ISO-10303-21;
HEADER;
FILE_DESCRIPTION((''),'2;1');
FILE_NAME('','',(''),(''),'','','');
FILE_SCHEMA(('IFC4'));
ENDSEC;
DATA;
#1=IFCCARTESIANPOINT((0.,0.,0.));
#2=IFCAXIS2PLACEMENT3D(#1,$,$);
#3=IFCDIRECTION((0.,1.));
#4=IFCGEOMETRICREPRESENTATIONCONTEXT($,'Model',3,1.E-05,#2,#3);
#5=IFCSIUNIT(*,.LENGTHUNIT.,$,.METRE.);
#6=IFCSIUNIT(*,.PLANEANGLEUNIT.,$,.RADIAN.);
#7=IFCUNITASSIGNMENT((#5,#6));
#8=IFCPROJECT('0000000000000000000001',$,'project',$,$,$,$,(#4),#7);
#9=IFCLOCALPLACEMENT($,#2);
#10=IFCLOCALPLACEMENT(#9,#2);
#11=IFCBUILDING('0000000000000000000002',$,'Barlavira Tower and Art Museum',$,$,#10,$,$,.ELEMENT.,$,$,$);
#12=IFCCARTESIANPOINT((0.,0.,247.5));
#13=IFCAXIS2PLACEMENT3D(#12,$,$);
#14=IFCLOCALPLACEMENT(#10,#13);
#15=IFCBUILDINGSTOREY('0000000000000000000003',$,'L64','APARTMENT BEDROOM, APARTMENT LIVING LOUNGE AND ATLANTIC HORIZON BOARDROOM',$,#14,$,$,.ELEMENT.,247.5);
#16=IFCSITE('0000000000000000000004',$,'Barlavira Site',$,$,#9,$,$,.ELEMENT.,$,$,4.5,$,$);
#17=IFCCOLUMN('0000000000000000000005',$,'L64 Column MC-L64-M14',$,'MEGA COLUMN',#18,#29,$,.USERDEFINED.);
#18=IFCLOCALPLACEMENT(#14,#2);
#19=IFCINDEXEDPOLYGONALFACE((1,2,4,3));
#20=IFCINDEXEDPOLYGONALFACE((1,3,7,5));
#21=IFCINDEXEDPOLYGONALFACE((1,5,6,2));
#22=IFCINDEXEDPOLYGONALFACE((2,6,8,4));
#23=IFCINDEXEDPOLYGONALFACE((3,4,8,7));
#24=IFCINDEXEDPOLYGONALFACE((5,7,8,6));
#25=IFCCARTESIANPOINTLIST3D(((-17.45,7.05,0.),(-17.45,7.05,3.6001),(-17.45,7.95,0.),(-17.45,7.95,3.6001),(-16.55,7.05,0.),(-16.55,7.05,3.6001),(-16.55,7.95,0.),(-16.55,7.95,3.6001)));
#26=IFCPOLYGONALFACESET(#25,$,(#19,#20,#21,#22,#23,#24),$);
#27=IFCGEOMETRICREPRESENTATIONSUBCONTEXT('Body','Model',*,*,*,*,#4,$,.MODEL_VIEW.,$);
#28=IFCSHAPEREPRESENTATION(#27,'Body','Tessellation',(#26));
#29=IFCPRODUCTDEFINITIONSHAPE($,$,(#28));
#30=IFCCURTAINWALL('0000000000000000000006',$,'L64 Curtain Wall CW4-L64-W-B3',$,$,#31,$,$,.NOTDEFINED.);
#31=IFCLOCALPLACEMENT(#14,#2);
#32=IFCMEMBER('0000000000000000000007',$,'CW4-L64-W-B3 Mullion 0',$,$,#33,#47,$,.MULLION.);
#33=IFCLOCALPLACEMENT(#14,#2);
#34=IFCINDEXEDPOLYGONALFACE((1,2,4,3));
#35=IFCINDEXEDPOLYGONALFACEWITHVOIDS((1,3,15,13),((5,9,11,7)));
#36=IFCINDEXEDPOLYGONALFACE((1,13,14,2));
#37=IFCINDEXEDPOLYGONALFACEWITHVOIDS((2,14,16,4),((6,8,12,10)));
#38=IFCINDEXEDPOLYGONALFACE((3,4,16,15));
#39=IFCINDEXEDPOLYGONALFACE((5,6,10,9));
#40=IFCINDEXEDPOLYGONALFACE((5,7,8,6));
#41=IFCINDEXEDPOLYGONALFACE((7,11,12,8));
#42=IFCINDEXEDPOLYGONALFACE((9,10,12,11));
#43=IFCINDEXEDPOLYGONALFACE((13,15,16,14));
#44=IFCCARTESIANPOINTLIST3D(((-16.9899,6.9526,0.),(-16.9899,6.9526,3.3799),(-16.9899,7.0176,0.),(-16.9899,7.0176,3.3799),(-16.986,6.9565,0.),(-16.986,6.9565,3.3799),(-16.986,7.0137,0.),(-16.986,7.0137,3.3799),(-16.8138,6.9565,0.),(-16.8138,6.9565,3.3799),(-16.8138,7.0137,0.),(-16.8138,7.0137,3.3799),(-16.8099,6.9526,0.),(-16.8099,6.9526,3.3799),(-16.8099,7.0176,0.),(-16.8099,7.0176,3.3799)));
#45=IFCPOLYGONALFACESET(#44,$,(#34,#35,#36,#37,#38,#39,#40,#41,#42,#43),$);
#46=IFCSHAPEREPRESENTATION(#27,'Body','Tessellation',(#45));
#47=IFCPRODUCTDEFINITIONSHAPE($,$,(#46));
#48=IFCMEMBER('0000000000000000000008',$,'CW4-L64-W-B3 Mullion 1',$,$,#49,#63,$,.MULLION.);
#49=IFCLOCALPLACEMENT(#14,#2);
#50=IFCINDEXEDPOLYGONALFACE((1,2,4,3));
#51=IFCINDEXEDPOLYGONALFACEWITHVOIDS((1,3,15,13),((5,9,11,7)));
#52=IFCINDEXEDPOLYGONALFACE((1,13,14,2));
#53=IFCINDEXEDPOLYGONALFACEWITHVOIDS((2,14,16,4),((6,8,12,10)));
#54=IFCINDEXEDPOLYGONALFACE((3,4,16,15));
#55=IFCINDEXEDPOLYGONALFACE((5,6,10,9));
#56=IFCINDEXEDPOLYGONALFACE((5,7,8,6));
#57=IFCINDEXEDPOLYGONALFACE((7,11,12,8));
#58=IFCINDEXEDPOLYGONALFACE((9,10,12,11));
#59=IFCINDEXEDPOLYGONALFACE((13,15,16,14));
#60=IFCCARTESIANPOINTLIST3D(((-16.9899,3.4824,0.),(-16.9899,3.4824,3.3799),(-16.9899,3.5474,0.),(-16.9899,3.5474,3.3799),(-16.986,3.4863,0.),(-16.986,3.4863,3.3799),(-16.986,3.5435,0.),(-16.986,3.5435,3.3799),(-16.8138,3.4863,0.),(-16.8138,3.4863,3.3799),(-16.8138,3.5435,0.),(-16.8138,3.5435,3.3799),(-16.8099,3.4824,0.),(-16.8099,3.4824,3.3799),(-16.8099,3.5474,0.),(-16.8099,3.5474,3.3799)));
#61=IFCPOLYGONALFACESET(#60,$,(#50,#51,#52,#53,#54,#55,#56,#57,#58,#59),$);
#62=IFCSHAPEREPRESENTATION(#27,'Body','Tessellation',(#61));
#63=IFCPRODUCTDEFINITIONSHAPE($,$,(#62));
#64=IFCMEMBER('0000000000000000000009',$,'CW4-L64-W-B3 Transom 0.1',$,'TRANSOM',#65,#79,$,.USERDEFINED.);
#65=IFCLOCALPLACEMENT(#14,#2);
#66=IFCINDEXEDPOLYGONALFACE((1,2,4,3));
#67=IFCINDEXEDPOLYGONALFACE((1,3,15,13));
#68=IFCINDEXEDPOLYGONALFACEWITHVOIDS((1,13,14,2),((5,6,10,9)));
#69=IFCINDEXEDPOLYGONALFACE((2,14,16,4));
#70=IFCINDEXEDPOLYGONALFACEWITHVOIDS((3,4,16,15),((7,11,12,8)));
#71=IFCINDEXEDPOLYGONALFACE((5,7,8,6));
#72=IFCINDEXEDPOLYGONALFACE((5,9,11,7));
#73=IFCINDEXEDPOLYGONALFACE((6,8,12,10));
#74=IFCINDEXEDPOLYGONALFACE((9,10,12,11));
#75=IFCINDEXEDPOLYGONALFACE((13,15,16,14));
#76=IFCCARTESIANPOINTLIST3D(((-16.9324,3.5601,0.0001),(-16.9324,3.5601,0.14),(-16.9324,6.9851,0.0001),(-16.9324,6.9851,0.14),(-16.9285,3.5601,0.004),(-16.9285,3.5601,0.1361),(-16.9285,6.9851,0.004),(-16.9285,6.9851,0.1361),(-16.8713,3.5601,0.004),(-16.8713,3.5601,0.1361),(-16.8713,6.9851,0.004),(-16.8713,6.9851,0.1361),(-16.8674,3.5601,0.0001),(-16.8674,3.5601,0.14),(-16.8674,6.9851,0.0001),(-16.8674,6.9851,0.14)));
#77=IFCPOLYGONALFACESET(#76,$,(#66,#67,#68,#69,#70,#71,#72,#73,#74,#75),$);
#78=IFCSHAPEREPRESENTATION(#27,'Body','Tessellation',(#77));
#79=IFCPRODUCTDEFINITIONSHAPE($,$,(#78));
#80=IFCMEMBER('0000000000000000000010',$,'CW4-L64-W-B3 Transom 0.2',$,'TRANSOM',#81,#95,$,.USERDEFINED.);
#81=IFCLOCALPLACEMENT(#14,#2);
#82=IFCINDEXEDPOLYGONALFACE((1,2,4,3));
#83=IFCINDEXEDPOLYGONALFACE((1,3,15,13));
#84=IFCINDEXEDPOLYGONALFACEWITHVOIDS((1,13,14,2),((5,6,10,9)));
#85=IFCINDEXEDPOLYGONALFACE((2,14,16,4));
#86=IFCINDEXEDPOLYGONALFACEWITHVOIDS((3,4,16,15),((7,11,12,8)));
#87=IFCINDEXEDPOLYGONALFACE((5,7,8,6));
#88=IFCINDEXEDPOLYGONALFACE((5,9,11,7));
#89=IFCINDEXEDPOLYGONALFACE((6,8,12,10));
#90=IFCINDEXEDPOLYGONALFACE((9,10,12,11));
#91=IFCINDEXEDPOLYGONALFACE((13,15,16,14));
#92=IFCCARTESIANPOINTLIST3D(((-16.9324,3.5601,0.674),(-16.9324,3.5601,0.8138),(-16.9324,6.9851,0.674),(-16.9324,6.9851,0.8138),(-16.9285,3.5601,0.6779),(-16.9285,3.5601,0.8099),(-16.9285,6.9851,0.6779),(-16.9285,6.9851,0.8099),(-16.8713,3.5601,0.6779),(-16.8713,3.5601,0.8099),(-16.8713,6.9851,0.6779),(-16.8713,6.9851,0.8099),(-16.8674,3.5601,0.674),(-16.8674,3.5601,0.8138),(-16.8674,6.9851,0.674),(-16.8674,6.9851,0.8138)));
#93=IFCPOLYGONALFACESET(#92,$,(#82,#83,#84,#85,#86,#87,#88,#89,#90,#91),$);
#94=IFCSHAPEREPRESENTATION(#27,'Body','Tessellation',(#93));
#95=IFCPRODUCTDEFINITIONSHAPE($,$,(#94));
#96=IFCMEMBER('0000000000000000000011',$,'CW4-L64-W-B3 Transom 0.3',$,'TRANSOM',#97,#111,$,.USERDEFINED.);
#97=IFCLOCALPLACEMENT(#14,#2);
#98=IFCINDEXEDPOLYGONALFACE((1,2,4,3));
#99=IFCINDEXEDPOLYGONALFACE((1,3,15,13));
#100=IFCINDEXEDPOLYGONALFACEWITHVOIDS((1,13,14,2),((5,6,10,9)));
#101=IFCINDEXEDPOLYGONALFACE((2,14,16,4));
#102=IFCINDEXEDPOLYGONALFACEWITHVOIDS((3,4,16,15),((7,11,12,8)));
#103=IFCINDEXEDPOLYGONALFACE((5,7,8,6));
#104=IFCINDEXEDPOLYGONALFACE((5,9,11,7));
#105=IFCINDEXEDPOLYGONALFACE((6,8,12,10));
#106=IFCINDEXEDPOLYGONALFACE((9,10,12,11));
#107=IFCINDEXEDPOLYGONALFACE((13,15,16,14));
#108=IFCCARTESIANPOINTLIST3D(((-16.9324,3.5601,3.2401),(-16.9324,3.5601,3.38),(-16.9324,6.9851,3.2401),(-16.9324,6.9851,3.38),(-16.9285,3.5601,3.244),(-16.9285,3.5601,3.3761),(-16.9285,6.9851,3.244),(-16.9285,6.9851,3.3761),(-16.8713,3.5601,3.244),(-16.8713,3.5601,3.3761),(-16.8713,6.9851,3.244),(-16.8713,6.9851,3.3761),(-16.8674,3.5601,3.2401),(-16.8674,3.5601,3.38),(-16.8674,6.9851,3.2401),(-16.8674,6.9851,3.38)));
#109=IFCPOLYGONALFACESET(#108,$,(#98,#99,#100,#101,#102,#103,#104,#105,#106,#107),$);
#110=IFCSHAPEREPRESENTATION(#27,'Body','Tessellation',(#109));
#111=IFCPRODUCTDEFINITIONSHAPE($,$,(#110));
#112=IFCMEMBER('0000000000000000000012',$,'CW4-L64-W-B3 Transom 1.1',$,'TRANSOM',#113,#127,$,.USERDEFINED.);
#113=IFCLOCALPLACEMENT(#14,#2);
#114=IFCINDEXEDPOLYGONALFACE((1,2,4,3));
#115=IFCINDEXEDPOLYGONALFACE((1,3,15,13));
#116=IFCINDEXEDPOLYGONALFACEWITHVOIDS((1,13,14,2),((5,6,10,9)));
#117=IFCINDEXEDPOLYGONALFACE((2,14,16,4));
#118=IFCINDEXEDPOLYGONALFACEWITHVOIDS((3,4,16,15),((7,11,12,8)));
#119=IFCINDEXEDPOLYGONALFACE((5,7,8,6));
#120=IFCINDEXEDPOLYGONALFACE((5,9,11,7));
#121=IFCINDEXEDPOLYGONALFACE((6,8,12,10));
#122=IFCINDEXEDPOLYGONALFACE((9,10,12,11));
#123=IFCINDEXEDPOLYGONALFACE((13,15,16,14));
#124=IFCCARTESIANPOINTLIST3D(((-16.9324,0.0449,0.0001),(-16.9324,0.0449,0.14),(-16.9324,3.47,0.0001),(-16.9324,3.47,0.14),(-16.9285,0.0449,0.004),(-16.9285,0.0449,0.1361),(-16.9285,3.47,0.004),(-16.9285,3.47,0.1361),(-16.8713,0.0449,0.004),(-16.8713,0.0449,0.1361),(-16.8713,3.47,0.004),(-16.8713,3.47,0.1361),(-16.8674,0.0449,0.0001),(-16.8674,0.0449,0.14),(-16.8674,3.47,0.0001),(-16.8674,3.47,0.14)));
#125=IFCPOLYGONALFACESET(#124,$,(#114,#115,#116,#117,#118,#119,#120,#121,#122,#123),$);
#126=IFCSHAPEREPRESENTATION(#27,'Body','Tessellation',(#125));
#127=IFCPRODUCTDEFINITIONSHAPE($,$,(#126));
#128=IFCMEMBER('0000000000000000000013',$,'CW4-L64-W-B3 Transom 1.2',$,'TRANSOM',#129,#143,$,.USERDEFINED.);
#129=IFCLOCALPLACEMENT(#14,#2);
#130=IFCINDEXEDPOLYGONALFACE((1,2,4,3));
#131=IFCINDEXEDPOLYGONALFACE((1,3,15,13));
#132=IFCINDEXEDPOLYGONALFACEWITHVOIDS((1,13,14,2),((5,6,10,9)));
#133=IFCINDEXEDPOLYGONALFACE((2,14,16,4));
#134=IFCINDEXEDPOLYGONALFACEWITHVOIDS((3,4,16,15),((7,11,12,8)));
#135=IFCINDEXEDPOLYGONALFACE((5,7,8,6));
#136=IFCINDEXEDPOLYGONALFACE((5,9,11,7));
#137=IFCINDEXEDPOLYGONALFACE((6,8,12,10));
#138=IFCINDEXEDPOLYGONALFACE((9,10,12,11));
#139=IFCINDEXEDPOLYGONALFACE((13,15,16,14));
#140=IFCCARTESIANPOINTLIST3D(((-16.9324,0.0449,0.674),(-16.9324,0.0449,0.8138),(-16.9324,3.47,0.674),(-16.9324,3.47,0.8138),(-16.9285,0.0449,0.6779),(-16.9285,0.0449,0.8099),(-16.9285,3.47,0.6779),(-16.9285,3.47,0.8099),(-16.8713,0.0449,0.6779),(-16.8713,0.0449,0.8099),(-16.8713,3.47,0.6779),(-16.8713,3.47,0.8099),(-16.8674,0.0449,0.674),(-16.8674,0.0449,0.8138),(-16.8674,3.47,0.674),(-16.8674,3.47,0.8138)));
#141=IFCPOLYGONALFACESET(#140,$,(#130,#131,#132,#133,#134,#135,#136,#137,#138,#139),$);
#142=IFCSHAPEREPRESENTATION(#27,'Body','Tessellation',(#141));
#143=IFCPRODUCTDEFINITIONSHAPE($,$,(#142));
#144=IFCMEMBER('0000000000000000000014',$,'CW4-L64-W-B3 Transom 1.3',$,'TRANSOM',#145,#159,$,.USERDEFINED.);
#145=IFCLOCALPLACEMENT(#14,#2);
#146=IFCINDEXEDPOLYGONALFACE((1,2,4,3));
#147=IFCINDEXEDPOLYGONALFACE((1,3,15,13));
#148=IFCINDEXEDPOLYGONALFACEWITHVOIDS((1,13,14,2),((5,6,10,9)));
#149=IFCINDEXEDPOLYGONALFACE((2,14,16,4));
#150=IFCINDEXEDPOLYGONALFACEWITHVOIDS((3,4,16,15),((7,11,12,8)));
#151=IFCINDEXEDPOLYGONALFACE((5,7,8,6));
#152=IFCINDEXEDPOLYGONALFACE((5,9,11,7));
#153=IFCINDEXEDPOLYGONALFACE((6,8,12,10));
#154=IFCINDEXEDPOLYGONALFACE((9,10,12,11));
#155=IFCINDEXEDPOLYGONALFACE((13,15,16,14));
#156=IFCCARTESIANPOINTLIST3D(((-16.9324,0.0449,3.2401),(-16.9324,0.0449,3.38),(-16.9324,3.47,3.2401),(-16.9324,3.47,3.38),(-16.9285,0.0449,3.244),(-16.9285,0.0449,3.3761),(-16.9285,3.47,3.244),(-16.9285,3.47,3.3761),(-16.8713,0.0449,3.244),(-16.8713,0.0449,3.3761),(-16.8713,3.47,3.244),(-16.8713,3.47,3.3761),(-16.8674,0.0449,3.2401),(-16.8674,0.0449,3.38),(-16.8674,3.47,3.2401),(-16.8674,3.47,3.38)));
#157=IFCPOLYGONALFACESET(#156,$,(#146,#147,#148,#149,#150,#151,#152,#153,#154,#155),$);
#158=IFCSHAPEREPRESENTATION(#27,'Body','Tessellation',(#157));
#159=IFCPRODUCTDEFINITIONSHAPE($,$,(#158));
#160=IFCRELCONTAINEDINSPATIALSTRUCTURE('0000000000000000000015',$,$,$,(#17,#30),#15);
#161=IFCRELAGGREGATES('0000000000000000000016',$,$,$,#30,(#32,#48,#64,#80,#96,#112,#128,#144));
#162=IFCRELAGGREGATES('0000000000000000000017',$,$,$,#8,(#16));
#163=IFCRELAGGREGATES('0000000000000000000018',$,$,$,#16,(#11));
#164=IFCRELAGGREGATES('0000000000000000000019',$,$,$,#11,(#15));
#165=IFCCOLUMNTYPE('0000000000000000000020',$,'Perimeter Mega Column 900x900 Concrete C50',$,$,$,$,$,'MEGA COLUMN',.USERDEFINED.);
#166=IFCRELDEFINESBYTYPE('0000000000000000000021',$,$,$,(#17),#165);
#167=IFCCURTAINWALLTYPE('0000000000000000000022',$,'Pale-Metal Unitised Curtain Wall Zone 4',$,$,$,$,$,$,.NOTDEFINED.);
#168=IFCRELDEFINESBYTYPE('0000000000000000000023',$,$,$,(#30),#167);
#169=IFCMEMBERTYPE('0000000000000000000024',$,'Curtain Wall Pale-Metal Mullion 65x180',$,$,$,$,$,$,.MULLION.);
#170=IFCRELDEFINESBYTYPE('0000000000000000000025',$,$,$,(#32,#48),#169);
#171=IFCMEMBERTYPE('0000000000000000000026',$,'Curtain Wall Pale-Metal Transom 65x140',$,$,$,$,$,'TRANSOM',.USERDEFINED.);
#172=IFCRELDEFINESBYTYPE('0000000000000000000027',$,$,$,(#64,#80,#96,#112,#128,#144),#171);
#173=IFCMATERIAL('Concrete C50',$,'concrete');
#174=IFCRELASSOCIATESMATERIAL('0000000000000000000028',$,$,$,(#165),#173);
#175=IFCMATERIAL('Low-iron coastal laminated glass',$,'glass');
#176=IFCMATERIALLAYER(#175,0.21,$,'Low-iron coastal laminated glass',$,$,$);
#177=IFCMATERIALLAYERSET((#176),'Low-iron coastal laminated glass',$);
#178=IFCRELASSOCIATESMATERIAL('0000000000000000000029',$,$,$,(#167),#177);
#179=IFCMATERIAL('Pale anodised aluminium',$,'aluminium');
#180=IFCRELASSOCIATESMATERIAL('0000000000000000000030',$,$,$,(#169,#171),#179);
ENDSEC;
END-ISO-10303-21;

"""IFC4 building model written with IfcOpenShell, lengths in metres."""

from ifc_helpers import new_model, si_unit, direction, frame, origin, origin_2d, place, context, subcontext, project, spatial, rectangle, hollow_rectangle, extrude, material, layer, layer_set, material_profile, profile_set, type_object, element, aggregate, save


model = new_model("IFC4")

# Units and contexts
model_context = context("Model", 3, precision=1e-05, world=origin(), true_north=direction((0.0, 1.0)))
body_context = subcontext(model_context, "Body", "Model", "MODEL_VIEW")
ifc_project = project(units=[si_unit("LENGTHUNIT", "METRE"), si_unit("PLANEANGLEUNIT", "RADIAN")], contexts=[model_context])

# Site, building, storey
site_placement = place(None, origin())
site = spatial("IfcSite", under=ifc_project, at=site_placement, Name="Barlavira Site", CompositionType="ELEMENT", RefElevation=4.5)
building_placement = place(site_placement, origin())
building = spatial("IfcBuilding", under=site, at=building_placement, Name="Barlavira Tower and Art Museum", CompositionType="ELEMENT")
storey_placement = place(building_placement, frame((0.0, 0.0, 247.5)))
storey = spatial("IfcBuildingStorey", under=building, at=storey_placement, Name="L64", Description="APARTMENT BEDROOM, APARTMENT LIVING LOUNGE AND ATLANTIC HORIZON BOARDROOM", CompositionType="ELEMENT", Elevation=247.5)

# Column
ifc_material_1 = material(Name="Concrete C50", Category="concrete")
ifc_material_profile_1 = material_profile(ifc_material_1, rectangle(XDim=0.8999, YDim=0.8999, at=origin_2d()), Name="RC-COL 900x900")
ifc_profile_set_1 = profile_set([ifc_material_profile_1], Name="Concrete C50")
column_type = type_object("IfcColumnType", Name="Perimeter Mega Column 900x900 Concrete C50", ElementType="MEGA COLUMN", PredefinedType="USERDEFINED", material=ifc_profile_set_1)
column_placement = place(storey_placement, frame((-17.0, 7.5, 0.0), z_axis=(0.0, 0.0, 1.0), x_axis=(1.0, 0.0, 0.0)))
element("IfcColumn", 1, at=column_placement, inside=storey, type_object=column_type, Name="L64 Column MC-L64-M14", ObjectType="MEGA COLUMN", PredefinedType="USERDEFINED", context=body_context, shape_type="SweptSolid", body=[
    extrude(rectangle(XDim=0.8999, YDim=0.8999, at=origin_2d()), origin(), (0.0, 0.0, 1.0), 3.6001),
])

# Curtain wall, members
ifc_material_2 = material(Name="Low-iron coastal laminated glass", Category="glass")
ifc_layer_1 = layer(ifc_material_2, 0.21, Name="Low-iron coastal laminated glass")
ifc_layer_set_1 = layer_set([ifc_layer_1], Name="Low-iron coastal laminated glass")
curtain_wall_type = type_object("IfcCurtainWallType", Name="Pale-Metal Unitised Curtain Wall Zone 4", PredefinedType="NOTDEFINED", material=ifc_layer_set_1)
curtain_wall_placement = place(storey_placement, origin())
curtain_wall = element("IfcCurtainWall", 2, at=curtain_wall_placement, inside=storey, type_object=curtain_wall_type, Name="L64 Curtain Wall CW4-L64-W-B3", PredefinedType="NOTDEFINED")
ifc_material_3 = material(Name="Pale anodised aluminium", Category="aluminium")
ifc_material_profile_2 = material_profile(ifc_material_3, hollow_rectangle(XDim=0.0649, YDim=0.1799, WallThickness=0.0039, at=origin_2d()), Name="ALU-MULL 65x180x4")
ifc_profile_set_2 = profile_set([ifc_material_profile_2], Name="Pale anodised aluminium")
member_type_1 = type_object("IfcMemberType", Name="Curtain Wall Pale-Metal Mullion 65x180", PredefinedType="MULLION", material=ifc_profile_set_2)
member_1_placement = place(storey_placement, frame((-16.8999, 6.9851, 0.0), z_axis=(0.0, 0.0, 1.0), x_axis=(0.0, -1.0, 0.0)))
member_1 = element("IfcMember", 3, at=member_1_placement, type_object=member_type_1, Name="CW4-L64-W-B3 Mullion 0", PredefinedType="MULLION", context=body_context, shape_type="SweptSolid", body=[
    extrude(hollow_rectangle(XDim=0.0649, YDim=0.1799, WallThickness=0.0039, at=origin_2d()), origin(), (0.0, 0.0, 1.0), 3.3799),
])
member_2_placement = place(storey_placement, frame((-16.8999, 3.5149, 0.0), z_axis=(0.0, 0.0, 1.0), x_axis=(0.0, -1.0, 0.0)))
member_2 = element("IfcMember", 4, at=member_2_placement, type_object=member_type_1, Name="CW4-L64-W-B3 Mullion 1", PredefinedType="MULLION", context=body_context, shape_type="SweptSolid", body=[
    extrude(hollow_rectangle(XDim=0.0649, YDim=0.1799, WallThickness=0.0039, at=origin_2d()), origin(), (0.0, 0.0, 1.0), 3.3799),
])
ifc_material_profile_3 = material_profile(ifc_material_3, hollow_rectangle(XDim=0.0649, YDim=0.1399, WallThickness=0.0039, at=origin_2d()), Name="ALU-TRAN 65x140x4")
ifc_profile_set_3 = profile_set([ifc_material_profile_3], Name="Pale anodised aluminium")
member_type_2 = type_object("IfcMemberType", Name="Curtain Wall Pale-Metal Transom 65x140", ElementType="TRANSOM", PredefinedType="USERDEFINED", material=ifc_profile_set_3)
member_3_placement = place(storey_placement, frame((-16.8999, 6.9851, 0.0701), z_axis=(0.0, -1.0, 0.0), x_axis=(1.0, 0.0, 0.0)))
member_3 = element("IfcMember", 5, at=member_3_placement, type_object=member_type_2, Name="CW4-L64-W-B3 Transom 0.1", ObjectType="TRANSOM", PredefinedType="USERDEFINED", context=body_context, shape_type="SweptSolid", body=[
    extrude(hollow_rectangle(XDim=0.0649, YDim=0.1399, WallThickness=0.0039, at=origin_2d()), origin(), (0.0, 0.0, 1.0), 3.425),
])
member_4_placement = place(storey_placement, frame((-16.8999, 6.9851, 0.7439), z_axis=(0.0, -1.0, 0.0), x_axis=(1.0, 0.0, 0.0)))
member_4 = element("IfcMember", 6, at=member_4_placement, type_object=member_type_2, Name="CW4-L64-W-B3 Transom 0.2", ObjectType="TRANSOM", PredefinedType="USERDEFINED", context=body_context, shape_type="SweptSolid", body=[
    extrude(hollow_rectangle(XDim=0.0649, YDim=0.1399, WallThickness=0.0039, at=origin_2d()), origin(), (0.0, 0.0, 1.0), 3.425),
])
member_5_placement = place(storey_placement, frame((-16.8999, 6.9851, 3.3101), z_axis=(0.0, -1.0, 0.0), x_axis=(1.0, 0.0, 0.0)))
member_5 = element("IfcMember", 7, at=member_5_placement, type_object=member_type_2, Name="CW4-L64-W-B3 Transom 0.3", ObjectType="TRANSOM", PredefinedType="USERDEFINED", context=body_context, shape_type="SweptSolid", body=[
    extrude(hollow_rectangle(XDim=0.0649, YDim=0.1399, WallThickness=0.0039, at=origin_2d()), origin(), (0.0, 0.0, 1.0), 3.425),
])
member_6_placement = place(storey_placement, frame((-16.8999, 3.47, 0.0701), z_axis=(0.0, -1.0, 0.0), x_axis=(1.0, 0.0, 0.0)))
member_6 = element("IfcMember", 8, at=member_6_placement, type_object=member_type_2, Name="CW4-L64-W-B3 Transom 1.1", ObjectType="TRANSOM", PredefinedType="USERDEFINED", context=body_context, shape_type="SweptSolid", body=[
    extrude(hollow_rectangle(XDim=0.0649, YDim=0.1399, WallThickness=0.0039, at=origin_2d()), origin(), (0.0, 0.0, 1.0), 3.425),
])
member_7_placement = place(storey_placement, frame((-16.8999, 3.47, 0.7439), z_axis=(0.0, -1.0, 0.0), x_axis=(1.0, 0.0, 0.0)))
member_7 = element("IfcMember", 9, at=member_7_placement, type_object=member_type_2, Name="CW4-L64-W-B3 Transom 1.2", ObjectType="TRANSOM", PredefinedType="USERDEFINED", context=body_context, shape_type="SweptSolid", body=[
    extrude(hollow_rectangle(XDim=0.0649, YDim=0.1399, WallThickness=0.0039, at=origin_2d()), origin(), (0.0, 0.0, 1.0), 3.425),
])
member_8_placement = place(storey_placement, frame((-16.8999, 3.47, 3.3101), z_axis=(0.0, -1.0, 0.0), x_axis=(1.0, 0.0, 0.0)))
member_8 = element("IfcMember", 10, at=member_8_placement, type_object=member_type_2, Name="CW4-L64-W-B3 Transom 1.3", ObjectType="TRANSOM", PredefinedType="USERDEFINED", context=body_context, shape_type="SweptSolid", body=[
    extrude(hollow_rectangle(XDim=0.0649, YDim=0.1399, WallThickness=0.0039, at=origin_2d()), origin(), (0.0, 0.0, 1.0), 3.425),
])

aggregate(curtain_wall, [member_1, member_2, member_3, member_4, member_5, member_6, member_7, member_8])

save(model, "model.ifc")
